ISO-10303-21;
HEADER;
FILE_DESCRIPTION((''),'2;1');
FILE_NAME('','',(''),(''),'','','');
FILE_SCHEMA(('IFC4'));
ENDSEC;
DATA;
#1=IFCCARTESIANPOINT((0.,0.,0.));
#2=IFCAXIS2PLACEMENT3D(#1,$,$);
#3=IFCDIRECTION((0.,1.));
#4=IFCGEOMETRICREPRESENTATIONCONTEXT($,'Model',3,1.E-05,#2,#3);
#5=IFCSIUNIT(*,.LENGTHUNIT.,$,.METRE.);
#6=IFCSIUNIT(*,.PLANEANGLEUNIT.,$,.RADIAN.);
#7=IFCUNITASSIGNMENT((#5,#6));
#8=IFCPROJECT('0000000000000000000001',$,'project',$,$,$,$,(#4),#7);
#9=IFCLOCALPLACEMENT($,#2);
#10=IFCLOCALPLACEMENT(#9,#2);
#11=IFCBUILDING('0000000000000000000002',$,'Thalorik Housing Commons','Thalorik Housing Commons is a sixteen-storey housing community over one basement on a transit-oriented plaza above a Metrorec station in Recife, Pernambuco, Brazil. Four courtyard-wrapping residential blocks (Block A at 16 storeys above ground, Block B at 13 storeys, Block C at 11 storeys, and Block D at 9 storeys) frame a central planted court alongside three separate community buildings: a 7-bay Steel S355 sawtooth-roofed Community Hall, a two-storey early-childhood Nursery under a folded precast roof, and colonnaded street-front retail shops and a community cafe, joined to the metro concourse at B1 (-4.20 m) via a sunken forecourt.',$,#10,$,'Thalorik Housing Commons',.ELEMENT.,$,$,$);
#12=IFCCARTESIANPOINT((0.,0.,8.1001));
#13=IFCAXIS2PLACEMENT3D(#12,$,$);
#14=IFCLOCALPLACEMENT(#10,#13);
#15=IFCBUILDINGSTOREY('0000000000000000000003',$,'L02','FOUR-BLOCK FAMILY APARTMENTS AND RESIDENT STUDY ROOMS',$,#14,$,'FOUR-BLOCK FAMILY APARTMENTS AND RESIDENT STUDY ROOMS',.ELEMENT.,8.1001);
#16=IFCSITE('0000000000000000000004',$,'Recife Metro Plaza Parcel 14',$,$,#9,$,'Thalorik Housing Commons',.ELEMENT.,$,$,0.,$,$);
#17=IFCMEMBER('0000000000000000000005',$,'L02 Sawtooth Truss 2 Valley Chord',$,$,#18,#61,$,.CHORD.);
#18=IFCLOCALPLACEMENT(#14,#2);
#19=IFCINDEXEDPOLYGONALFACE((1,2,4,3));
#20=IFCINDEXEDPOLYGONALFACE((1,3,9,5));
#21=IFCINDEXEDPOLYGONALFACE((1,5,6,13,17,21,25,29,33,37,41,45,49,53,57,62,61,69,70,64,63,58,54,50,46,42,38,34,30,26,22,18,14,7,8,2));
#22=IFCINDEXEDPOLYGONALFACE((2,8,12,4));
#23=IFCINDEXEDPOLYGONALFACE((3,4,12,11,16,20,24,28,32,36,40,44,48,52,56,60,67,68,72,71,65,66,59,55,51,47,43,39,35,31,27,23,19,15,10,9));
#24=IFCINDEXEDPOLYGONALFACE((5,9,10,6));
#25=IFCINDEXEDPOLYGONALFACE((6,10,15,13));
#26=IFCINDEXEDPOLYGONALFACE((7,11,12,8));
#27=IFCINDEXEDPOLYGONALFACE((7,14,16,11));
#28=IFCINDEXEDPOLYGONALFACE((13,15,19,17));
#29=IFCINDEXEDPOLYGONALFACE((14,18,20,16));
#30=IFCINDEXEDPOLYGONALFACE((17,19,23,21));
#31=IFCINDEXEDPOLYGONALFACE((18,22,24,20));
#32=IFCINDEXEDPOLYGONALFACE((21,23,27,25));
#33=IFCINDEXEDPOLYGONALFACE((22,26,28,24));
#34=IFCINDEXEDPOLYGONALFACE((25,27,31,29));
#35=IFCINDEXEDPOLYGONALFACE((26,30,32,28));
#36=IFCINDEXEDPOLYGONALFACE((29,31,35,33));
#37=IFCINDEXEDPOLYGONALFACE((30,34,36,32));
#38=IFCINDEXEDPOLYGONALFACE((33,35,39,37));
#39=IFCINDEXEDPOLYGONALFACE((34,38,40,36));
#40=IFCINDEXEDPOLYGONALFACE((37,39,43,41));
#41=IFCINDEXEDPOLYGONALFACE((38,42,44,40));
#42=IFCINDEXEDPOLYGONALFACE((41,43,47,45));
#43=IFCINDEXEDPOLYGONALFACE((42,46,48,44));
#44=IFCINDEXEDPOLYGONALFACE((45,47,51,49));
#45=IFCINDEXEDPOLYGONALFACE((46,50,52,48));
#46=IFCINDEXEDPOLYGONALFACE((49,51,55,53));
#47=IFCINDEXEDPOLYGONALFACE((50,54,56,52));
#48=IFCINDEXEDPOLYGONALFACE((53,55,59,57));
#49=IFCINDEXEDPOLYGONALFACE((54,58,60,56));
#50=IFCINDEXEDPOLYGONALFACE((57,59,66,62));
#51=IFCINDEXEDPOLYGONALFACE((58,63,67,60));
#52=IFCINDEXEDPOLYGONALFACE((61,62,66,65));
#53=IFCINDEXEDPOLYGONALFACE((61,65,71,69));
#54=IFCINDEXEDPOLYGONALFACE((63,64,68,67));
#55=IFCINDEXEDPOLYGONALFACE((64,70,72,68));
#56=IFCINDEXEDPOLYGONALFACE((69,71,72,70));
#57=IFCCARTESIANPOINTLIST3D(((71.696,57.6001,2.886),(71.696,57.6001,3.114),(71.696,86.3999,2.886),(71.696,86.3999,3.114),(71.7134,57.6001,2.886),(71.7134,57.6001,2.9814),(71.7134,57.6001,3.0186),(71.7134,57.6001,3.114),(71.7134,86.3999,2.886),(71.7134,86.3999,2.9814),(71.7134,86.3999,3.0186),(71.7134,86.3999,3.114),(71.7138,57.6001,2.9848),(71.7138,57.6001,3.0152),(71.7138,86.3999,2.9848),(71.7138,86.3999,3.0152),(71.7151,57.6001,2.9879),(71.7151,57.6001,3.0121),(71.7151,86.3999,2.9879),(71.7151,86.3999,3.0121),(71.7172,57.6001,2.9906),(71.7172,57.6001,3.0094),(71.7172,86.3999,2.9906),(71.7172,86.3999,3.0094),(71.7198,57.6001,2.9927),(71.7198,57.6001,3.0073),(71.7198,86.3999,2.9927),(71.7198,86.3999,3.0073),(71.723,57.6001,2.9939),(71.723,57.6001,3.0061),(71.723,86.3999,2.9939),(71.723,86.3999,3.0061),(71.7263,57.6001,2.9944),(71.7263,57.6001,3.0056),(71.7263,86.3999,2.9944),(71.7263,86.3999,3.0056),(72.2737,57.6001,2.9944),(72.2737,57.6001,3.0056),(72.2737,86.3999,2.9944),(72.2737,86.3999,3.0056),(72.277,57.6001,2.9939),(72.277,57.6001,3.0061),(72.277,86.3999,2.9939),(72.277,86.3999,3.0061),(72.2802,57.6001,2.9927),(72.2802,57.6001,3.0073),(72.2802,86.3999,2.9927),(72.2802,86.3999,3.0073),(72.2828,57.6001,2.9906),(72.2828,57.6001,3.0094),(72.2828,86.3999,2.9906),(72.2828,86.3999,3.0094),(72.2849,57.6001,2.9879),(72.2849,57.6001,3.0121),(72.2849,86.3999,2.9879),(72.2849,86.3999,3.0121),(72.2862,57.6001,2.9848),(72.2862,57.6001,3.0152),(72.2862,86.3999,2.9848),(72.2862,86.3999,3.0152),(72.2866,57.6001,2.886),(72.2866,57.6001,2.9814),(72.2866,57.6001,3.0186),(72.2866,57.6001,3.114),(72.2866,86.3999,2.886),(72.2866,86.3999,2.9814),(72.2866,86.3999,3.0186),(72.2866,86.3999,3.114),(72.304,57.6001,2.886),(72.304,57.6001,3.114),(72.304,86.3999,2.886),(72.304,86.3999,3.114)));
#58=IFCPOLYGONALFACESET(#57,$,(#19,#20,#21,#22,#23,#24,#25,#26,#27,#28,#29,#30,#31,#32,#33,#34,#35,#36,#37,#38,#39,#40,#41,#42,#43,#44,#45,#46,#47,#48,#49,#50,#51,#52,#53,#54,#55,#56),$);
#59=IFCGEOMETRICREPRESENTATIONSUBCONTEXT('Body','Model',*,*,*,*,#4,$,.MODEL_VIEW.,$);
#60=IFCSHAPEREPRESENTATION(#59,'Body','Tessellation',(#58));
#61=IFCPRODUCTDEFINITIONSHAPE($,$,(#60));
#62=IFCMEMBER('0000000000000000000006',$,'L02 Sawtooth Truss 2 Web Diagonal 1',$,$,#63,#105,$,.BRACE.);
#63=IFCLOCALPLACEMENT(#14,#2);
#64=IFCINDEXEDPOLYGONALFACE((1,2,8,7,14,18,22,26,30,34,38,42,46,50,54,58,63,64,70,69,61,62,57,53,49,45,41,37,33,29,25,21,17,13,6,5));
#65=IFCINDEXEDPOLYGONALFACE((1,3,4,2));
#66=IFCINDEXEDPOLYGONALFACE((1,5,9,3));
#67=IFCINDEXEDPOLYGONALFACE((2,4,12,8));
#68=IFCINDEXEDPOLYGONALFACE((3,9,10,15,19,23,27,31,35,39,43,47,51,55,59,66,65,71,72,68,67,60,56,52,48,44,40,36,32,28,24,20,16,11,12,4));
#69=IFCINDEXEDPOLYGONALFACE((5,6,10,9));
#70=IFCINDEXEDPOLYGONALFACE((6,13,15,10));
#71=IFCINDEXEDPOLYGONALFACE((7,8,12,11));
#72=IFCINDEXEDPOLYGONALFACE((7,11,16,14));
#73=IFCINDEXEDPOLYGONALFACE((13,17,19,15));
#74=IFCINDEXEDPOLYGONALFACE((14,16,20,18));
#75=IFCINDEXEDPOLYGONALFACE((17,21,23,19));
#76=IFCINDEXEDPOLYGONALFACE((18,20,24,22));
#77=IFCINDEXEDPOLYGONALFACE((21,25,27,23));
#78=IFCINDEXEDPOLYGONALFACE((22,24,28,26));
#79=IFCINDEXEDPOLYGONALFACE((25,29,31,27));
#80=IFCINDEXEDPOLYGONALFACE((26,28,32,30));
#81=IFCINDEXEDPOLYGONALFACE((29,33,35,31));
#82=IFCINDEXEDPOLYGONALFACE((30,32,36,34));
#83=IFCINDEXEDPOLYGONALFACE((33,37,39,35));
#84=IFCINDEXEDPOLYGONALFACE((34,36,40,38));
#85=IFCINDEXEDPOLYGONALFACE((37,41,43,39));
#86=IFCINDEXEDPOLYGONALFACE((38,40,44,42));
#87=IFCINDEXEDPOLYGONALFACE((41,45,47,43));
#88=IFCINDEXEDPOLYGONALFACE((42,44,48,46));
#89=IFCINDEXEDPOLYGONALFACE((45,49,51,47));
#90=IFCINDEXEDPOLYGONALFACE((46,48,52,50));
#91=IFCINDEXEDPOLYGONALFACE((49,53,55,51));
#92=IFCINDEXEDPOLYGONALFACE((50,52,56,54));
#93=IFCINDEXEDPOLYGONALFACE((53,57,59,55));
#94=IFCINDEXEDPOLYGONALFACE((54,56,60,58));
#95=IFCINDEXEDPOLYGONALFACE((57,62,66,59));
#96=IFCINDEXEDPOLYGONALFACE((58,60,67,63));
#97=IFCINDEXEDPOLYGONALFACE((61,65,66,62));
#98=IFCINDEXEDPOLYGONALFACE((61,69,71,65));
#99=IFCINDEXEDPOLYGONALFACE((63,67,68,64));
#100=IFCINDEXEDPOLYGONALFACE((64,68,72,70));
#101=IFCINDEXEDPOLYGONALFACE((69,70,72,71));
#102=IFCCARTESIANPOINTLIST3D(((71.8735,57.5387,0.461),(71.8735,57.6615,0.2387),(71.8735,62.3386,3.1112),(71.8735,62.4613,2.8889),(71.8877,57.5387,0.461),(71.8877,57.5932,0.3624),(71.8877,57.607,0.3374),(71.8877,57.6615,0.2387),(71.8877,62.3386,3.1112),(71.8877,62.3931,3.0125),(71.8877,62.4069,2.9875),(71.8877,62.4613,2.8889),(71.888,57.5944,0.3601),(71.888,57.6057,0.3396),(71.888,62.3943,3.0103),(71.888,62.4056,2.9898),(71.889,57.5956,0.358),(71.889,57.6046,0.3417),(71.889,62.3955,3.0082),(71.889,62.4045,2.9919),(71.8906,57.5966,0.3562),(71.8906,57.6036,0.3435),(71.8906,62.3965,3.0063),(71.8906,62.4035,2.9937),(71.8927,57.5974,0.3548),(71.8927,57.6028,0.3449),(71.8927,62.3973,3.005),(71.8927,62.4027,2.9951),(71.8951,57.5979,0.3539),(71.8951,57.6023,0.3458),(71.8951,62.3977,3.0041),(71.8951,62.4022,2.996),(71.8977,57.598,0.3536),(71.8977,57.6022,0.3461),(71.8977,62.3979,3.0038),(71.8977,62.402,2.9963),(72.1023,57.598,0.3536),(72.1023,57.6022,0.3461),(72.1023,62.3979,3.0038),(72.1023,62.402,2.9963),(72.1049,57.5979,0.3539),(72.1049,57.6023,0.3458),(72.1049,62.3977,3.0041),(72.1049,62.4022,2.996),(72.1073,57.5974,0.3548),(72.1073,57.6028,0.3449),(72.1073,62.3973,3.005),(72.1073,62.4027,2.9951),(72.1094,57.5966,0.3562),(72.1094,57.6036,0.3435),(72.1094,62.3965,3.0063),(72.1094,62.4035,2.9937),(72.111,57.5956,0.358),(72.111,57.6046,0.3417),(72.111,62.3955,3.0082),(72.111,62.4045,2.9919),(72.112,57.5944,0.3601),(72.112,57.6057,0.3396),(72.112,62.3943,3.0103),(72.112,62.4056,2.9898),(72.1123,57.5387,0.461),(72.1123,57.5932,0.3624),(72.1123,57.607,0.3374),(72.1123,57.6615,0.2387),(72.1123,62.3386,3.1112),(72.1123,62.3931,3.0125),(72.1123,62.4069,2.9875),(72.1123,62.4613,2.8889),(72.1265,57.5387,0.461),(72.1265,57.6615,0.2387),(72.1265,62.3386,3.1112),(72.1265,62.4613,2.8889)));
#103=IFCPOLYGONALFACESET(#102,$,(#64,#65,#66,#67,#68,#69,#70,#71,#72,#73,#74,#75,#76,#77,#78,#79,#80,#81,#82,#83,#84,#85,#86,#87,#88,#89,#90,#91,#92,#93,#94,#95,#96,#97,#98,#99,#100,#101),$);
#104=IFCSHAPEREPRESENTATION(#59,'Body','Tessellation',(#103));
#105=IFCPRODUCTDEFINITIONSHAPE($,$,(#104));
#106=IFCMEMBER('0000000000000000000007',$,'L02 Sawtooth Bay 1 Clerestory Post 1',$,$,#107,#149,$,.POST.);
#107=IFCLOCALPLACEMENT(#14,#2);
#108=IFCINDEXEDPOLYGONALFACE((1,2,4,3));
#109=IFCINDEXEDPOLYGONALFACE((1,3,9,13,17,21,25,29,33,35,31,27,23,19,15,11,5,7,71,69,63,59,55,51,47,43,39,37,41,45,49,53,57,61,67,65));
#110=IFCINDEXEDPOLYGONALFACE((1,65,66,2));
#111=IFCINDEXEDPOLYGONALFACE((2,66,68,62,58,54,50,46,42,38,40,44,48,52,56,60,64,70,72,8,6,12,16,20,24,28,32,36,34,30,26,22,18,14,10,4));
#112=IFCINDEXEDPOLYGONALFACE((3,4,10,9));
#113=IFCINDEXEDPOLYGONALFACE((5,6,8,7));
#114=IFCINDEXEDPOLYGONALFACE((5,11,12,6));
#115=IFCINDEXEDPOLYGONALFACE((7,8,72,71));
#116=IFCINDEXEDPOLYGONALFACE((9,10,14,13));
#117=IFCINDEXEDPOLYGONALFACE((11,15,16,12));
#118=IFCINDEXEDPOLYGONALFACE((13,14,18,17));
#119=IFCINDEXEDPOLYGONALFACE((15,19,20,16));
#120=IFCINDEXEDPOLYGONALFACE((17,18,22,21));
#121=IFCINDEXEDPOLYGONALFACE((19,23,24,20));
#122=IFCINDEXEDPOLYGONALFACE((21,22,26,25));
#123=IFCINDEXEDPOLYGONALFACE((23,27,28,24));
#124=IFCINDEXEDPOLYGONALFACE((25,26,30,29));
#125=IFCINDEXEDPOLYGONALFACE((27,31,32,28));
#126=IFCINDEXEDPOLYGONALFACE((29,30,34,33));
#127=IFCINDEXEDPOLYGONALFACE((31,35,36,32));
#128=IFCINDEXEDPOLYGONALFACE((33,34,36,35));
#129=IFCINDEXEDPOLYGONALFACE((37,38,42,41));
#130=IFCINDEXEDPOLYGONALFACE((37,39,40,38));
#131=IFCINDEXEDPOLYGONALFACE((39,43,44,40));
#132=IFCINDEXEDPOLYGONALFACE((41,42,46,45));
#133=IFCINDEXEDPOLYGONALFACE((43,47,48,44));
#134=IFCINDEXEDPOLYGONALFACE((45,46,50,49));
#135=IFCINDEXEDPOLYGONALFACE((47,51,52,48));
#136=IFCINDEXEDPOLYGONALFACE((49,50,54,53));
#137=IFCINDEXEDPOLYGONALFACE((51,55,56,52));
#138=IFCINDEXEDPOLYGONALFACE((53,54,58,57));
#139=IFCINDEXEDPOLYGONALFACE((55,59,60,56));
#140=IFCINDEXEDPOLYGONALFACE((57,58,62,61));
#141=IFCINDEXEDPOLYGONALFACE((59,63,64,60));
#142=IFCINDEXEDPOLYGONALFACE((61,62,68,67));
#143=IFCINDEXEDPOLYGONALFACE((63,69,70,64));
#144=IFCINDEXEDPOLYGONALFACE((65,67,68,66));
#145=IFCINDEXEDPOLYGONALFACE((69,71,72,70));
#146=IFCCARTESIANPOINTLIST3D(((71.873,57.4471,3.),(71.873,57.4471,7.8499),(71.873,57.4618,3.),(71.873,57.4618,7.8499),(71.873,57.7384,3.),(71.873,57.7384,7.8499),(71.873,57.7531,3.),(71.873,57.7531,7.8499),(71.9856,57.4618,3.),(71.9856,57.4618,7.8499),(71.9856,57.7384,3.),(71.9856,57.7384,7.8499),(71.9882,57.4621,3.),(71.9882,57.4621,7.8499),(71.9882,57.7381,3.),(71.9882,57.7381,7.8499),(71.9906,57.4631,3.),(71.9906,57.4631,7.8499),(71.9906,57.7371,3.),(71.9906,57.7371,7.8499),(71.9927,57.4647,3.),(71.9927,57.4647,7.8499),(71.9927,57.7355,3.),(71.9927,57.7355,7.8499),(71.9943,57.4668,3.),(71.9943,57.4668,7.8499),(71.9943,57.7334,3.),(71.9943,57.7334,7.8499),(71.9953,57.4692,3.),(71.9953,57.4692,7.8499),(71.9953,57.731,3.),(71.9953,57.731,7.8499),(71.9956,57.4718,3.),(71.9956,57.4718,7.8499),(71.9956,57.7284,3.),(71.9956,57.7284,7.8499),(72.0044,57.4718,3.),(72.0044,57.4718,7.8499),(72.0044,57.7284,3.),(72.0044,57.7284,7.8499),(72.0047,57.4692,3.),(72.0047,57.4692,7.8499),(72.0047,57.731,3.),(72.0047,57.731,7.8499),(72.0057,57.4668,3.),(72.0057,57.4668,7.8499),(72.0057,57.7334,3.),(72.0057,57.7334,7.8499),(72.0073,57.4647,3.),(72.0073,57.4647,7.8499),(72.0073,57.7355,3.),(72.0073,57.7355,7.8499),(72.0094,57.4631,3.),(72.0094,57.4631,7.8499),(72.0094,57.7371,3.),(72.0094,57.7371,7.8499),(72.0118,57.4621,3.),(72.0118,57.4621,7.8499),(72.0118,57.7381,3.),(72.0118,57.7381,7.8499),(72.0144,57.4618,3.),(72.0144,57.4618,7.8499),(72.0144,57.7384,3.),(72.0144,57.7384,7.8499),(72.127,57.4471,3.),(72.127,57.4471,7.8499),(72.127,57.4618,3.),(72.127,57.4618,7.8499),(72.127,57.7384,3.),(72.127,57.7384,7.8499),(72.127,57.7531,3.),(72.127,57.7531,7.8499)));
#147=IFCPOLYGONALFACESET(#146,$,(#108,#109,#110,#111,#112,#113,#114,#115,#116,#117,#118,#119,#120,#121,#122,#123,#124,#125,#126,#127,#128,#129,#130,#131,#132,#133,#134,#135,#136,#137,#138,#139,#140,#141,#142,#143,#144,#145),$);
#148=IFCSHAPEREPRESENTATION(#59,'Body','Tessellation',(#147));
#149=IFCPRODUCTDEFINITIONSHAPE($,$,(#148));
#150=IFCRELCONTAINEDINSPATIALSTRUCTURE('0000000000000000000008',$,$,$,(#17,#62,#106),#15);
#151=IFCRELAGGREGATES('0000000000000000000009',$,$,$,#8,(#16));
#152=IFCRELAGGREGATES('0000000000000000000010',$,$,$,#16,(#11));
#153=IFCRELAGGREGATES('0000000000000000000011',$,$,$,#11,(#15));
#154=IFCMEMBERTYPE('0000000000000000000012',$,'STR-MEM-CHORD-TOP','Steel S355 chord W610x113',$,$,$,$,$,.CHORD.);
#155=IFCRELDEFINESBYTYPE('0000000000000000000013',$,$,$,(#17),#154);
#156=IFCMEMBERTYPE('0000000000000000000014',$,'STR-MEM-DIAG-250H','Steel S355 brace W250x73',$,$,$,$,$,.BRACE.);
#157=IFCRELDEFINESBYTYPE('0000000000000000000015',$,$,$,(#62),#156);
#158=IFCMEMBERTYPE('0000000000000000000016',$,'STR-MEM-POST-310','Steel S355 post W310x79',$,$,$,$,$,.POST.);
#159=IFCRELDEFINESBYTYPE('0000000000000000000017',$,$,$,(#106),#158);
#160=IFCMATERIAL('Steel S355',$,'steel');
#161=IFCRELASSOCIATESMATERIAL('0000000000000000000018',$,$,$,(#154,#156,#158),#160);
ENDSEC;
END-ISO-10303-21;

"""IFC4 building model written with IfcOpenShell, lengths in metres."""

from ifc_helpers import new_model, si_unit, direction, frame, origin, origin_2d, place, context, subcontext, project, spatial, i_section, extrude, material, material_profile, profile_set, type_object, element, save


model = new_model("IFC4")

# Units and contexts
model_context = context("Model", 3, precision=1e-05, world=origin(), true_north=direction((0.0, 1.0)))
body_context = subcontext(model_context, "Body", "Model", "MODEL_VIEW")
ifc_project = project(units=[si_unit("LENGTHUNIT", "METRE"), si_unit("PLANEANGLEUNIT", "RADIAN")], contexts=[model_context])

# Site, building, storey
site_placement = place(None, origin())
site = spatial("IfcSite", under=ifc_project, at=site_placement, Name="Recife Metro Plaza Parcel 14", LongName="Thalorik Housing Commons", CompositionType="ELEMENT", RefElevation=0.0)
building_placement = place(site_placement, origin())
building = spatial("IfcBuilding", under=site, at=building_placement, Name="Thalorik Housing Commons", Description="Thalorik Housing Commons is a sixteen-storey housing community over one basement on a transit-oriented plaza above a Metrorec station in Recife, Pernambuco, Brazil. Four courtyard-wrapping residential blocks (Block A at 16 storeys above ground, Block B at 13 storeys, Block C at 11 storeys, and Block D at 9 storeys) frame a central planted court alongside three separate community buildings: a 7-bay Steel S355 sawtooth-roofed Community Hall, a two-storey early-childhood Nursery under a folded precast roof, and colonnaded street-front retail shops and a community cafe, joined to the metro concourse at B1 (-4.20 m) via a sunken forecourt.", LongName="Thalorik Housing Commons", CompositionType="ELEMENT")
storey_placement = place(building_placement, frame((0.0, 0.0, 8.1001)))
storey = spatial("IfcBuildingStorey", under=building, at=storey_placement, Name="L02", Description="FOUR-BLOCK FAMILY APARTMENTS AND RESIDENT STUDY ROOMS", LongName="FOUR-BLOCK FAMILY APARTMENTS AND RESIDENT STUDY ROOMS", CompositionType="ELEMENT", Elevation=8.1001)

# Shared definitions
ifc_material_1 = material(Name="Steel S355", Category="steel")

# Members
ifc_material_profile_1 = material_profile(ifc_material_1, i_section(OverallWidth=0.228, OverallDepth=0.6079, WebThickness=0.0112, FlangeThickness=0.0173, FilletRadius=0.0129, at=origin_2d()), Name="W610x113", Category="steel")
ifc_profile_set_1 = profile_set([ifc_material_profile_1], Name="Steel S355")
member_type_1 = type_object("IfcMemberType", Name="STR-MEM-CHORD-TOP", Description="Steel S355 chord W610x113", PredefinedType="CHORD", material=ifc_profile_set_1)
member_1_placement = place(storey_placement, frame((72.0, 57.6001, 3.0), z_axis=(0.0, 1.0, 0.0), x_axis=(0.0, 0.0, 1.0)))
element("IfcMember", 1, at=member_1_placement, inside=storey, type_object=member_type_1, Name="L02 Sawtooth Truss 2 Valley Chord", PredefinedType="CHORD", context=body_context, shape_type="SweptSolid", body=[
    extrude(i_section(OverallWidth=0.228, OverallDepth=0.6079, WebThickness=0.0112, FlangeThickness=0.0173, FilletRadius=0.0129, at=origin_2d()), origin(), (0.0, 0.0, 1.0), 28.7998),
])
ifc_material_profile_2 = material_profile(ifc_material_1, i_section(OverallWidth=0.2539, OverallDepth=0.2529, WebThickness=0.0085, FlangeThickness=0.0142, FilletRadius=0.01, at=origin_2d()), Name="W250x73", Category="steel")
ifc_profile_set_2 = profile_set([ifc_material_profile_2], Name="Steel S355")
member_type_2 = type_object("IfcMemberType", Name="STR-MEM-DIAG-250H", Description="Steel S355 brace W250x73", PredefinedType="BRACE", material=ifc_profile_set_2)
member_2_placement = place(storey_placement, frame((72.0, 57.6001, 0.3499), z_axis=(0.0, 0.875425, 0.483354), x_axis=(0.0, -0.483354, 0.875425)))
element("IfcMember", 2, at=member_2_placement, inside=storey, type_object=member_type_2, Name="L02 Sawtooth Truss 2 Web Diagonal 1", PredefinedType="BRACE", context=body_context, shape_type="SweptSolid", body=[
    extrude(i_section(OverallWidth=0.2539, OverallDepth=0.2529, WebThickness=0.0085, FlangeThickness=0.0142, FilletRadius=0.01, at=origin_2d()), origin(), (0.0, 0.0, 1.0), 5.4829),
])
ifc_material_profile_3 = material_profile(ifc_material_1, i_section(OverallWidth=0.2539, OverallDepth=0.3059, WebThickness=0.0088, FlangeThickness=0.0146, FilletRadius=0.01, at=origin_2d()), Name="W310x79", Category="steel")
ifc_profile_set_3 = profile_set([ifc_material_profile_3], Name="Steel S355")
member_type_3 = type_object("IfcMemberType", Name="STR-MEM-POST-310", Description="Steel S355 post W310x79", PredefinedType="POST", material=ifc_profile_set_3)
member_3_placement = place(storey_placement, frame((72.0, 57.6001, 3.0), z_axis=(0.0, 0.0, 1.0), x_axis=(1.0, 0.0, 0.0)))
element("IfcMember", 3, at=member_3_placement, inside=storey, type_object=member_type_3, Name="L02 Sawtooth Bay 1 Clerestory Post 1", PredefinedType="POST", context=body_context, shape_type="SweptSolid", body=[
    extrude(i_section(OverallWidth=0.2539, OverallDepth=0.3059, WebThickness=0.0088, FlangeThickness=0.0146, FilletRadius=0.01, at=origin_2d()), origin(), (0.0, 0.0, 1.0), 4.8499),
])

save(model, "model.ifc")
